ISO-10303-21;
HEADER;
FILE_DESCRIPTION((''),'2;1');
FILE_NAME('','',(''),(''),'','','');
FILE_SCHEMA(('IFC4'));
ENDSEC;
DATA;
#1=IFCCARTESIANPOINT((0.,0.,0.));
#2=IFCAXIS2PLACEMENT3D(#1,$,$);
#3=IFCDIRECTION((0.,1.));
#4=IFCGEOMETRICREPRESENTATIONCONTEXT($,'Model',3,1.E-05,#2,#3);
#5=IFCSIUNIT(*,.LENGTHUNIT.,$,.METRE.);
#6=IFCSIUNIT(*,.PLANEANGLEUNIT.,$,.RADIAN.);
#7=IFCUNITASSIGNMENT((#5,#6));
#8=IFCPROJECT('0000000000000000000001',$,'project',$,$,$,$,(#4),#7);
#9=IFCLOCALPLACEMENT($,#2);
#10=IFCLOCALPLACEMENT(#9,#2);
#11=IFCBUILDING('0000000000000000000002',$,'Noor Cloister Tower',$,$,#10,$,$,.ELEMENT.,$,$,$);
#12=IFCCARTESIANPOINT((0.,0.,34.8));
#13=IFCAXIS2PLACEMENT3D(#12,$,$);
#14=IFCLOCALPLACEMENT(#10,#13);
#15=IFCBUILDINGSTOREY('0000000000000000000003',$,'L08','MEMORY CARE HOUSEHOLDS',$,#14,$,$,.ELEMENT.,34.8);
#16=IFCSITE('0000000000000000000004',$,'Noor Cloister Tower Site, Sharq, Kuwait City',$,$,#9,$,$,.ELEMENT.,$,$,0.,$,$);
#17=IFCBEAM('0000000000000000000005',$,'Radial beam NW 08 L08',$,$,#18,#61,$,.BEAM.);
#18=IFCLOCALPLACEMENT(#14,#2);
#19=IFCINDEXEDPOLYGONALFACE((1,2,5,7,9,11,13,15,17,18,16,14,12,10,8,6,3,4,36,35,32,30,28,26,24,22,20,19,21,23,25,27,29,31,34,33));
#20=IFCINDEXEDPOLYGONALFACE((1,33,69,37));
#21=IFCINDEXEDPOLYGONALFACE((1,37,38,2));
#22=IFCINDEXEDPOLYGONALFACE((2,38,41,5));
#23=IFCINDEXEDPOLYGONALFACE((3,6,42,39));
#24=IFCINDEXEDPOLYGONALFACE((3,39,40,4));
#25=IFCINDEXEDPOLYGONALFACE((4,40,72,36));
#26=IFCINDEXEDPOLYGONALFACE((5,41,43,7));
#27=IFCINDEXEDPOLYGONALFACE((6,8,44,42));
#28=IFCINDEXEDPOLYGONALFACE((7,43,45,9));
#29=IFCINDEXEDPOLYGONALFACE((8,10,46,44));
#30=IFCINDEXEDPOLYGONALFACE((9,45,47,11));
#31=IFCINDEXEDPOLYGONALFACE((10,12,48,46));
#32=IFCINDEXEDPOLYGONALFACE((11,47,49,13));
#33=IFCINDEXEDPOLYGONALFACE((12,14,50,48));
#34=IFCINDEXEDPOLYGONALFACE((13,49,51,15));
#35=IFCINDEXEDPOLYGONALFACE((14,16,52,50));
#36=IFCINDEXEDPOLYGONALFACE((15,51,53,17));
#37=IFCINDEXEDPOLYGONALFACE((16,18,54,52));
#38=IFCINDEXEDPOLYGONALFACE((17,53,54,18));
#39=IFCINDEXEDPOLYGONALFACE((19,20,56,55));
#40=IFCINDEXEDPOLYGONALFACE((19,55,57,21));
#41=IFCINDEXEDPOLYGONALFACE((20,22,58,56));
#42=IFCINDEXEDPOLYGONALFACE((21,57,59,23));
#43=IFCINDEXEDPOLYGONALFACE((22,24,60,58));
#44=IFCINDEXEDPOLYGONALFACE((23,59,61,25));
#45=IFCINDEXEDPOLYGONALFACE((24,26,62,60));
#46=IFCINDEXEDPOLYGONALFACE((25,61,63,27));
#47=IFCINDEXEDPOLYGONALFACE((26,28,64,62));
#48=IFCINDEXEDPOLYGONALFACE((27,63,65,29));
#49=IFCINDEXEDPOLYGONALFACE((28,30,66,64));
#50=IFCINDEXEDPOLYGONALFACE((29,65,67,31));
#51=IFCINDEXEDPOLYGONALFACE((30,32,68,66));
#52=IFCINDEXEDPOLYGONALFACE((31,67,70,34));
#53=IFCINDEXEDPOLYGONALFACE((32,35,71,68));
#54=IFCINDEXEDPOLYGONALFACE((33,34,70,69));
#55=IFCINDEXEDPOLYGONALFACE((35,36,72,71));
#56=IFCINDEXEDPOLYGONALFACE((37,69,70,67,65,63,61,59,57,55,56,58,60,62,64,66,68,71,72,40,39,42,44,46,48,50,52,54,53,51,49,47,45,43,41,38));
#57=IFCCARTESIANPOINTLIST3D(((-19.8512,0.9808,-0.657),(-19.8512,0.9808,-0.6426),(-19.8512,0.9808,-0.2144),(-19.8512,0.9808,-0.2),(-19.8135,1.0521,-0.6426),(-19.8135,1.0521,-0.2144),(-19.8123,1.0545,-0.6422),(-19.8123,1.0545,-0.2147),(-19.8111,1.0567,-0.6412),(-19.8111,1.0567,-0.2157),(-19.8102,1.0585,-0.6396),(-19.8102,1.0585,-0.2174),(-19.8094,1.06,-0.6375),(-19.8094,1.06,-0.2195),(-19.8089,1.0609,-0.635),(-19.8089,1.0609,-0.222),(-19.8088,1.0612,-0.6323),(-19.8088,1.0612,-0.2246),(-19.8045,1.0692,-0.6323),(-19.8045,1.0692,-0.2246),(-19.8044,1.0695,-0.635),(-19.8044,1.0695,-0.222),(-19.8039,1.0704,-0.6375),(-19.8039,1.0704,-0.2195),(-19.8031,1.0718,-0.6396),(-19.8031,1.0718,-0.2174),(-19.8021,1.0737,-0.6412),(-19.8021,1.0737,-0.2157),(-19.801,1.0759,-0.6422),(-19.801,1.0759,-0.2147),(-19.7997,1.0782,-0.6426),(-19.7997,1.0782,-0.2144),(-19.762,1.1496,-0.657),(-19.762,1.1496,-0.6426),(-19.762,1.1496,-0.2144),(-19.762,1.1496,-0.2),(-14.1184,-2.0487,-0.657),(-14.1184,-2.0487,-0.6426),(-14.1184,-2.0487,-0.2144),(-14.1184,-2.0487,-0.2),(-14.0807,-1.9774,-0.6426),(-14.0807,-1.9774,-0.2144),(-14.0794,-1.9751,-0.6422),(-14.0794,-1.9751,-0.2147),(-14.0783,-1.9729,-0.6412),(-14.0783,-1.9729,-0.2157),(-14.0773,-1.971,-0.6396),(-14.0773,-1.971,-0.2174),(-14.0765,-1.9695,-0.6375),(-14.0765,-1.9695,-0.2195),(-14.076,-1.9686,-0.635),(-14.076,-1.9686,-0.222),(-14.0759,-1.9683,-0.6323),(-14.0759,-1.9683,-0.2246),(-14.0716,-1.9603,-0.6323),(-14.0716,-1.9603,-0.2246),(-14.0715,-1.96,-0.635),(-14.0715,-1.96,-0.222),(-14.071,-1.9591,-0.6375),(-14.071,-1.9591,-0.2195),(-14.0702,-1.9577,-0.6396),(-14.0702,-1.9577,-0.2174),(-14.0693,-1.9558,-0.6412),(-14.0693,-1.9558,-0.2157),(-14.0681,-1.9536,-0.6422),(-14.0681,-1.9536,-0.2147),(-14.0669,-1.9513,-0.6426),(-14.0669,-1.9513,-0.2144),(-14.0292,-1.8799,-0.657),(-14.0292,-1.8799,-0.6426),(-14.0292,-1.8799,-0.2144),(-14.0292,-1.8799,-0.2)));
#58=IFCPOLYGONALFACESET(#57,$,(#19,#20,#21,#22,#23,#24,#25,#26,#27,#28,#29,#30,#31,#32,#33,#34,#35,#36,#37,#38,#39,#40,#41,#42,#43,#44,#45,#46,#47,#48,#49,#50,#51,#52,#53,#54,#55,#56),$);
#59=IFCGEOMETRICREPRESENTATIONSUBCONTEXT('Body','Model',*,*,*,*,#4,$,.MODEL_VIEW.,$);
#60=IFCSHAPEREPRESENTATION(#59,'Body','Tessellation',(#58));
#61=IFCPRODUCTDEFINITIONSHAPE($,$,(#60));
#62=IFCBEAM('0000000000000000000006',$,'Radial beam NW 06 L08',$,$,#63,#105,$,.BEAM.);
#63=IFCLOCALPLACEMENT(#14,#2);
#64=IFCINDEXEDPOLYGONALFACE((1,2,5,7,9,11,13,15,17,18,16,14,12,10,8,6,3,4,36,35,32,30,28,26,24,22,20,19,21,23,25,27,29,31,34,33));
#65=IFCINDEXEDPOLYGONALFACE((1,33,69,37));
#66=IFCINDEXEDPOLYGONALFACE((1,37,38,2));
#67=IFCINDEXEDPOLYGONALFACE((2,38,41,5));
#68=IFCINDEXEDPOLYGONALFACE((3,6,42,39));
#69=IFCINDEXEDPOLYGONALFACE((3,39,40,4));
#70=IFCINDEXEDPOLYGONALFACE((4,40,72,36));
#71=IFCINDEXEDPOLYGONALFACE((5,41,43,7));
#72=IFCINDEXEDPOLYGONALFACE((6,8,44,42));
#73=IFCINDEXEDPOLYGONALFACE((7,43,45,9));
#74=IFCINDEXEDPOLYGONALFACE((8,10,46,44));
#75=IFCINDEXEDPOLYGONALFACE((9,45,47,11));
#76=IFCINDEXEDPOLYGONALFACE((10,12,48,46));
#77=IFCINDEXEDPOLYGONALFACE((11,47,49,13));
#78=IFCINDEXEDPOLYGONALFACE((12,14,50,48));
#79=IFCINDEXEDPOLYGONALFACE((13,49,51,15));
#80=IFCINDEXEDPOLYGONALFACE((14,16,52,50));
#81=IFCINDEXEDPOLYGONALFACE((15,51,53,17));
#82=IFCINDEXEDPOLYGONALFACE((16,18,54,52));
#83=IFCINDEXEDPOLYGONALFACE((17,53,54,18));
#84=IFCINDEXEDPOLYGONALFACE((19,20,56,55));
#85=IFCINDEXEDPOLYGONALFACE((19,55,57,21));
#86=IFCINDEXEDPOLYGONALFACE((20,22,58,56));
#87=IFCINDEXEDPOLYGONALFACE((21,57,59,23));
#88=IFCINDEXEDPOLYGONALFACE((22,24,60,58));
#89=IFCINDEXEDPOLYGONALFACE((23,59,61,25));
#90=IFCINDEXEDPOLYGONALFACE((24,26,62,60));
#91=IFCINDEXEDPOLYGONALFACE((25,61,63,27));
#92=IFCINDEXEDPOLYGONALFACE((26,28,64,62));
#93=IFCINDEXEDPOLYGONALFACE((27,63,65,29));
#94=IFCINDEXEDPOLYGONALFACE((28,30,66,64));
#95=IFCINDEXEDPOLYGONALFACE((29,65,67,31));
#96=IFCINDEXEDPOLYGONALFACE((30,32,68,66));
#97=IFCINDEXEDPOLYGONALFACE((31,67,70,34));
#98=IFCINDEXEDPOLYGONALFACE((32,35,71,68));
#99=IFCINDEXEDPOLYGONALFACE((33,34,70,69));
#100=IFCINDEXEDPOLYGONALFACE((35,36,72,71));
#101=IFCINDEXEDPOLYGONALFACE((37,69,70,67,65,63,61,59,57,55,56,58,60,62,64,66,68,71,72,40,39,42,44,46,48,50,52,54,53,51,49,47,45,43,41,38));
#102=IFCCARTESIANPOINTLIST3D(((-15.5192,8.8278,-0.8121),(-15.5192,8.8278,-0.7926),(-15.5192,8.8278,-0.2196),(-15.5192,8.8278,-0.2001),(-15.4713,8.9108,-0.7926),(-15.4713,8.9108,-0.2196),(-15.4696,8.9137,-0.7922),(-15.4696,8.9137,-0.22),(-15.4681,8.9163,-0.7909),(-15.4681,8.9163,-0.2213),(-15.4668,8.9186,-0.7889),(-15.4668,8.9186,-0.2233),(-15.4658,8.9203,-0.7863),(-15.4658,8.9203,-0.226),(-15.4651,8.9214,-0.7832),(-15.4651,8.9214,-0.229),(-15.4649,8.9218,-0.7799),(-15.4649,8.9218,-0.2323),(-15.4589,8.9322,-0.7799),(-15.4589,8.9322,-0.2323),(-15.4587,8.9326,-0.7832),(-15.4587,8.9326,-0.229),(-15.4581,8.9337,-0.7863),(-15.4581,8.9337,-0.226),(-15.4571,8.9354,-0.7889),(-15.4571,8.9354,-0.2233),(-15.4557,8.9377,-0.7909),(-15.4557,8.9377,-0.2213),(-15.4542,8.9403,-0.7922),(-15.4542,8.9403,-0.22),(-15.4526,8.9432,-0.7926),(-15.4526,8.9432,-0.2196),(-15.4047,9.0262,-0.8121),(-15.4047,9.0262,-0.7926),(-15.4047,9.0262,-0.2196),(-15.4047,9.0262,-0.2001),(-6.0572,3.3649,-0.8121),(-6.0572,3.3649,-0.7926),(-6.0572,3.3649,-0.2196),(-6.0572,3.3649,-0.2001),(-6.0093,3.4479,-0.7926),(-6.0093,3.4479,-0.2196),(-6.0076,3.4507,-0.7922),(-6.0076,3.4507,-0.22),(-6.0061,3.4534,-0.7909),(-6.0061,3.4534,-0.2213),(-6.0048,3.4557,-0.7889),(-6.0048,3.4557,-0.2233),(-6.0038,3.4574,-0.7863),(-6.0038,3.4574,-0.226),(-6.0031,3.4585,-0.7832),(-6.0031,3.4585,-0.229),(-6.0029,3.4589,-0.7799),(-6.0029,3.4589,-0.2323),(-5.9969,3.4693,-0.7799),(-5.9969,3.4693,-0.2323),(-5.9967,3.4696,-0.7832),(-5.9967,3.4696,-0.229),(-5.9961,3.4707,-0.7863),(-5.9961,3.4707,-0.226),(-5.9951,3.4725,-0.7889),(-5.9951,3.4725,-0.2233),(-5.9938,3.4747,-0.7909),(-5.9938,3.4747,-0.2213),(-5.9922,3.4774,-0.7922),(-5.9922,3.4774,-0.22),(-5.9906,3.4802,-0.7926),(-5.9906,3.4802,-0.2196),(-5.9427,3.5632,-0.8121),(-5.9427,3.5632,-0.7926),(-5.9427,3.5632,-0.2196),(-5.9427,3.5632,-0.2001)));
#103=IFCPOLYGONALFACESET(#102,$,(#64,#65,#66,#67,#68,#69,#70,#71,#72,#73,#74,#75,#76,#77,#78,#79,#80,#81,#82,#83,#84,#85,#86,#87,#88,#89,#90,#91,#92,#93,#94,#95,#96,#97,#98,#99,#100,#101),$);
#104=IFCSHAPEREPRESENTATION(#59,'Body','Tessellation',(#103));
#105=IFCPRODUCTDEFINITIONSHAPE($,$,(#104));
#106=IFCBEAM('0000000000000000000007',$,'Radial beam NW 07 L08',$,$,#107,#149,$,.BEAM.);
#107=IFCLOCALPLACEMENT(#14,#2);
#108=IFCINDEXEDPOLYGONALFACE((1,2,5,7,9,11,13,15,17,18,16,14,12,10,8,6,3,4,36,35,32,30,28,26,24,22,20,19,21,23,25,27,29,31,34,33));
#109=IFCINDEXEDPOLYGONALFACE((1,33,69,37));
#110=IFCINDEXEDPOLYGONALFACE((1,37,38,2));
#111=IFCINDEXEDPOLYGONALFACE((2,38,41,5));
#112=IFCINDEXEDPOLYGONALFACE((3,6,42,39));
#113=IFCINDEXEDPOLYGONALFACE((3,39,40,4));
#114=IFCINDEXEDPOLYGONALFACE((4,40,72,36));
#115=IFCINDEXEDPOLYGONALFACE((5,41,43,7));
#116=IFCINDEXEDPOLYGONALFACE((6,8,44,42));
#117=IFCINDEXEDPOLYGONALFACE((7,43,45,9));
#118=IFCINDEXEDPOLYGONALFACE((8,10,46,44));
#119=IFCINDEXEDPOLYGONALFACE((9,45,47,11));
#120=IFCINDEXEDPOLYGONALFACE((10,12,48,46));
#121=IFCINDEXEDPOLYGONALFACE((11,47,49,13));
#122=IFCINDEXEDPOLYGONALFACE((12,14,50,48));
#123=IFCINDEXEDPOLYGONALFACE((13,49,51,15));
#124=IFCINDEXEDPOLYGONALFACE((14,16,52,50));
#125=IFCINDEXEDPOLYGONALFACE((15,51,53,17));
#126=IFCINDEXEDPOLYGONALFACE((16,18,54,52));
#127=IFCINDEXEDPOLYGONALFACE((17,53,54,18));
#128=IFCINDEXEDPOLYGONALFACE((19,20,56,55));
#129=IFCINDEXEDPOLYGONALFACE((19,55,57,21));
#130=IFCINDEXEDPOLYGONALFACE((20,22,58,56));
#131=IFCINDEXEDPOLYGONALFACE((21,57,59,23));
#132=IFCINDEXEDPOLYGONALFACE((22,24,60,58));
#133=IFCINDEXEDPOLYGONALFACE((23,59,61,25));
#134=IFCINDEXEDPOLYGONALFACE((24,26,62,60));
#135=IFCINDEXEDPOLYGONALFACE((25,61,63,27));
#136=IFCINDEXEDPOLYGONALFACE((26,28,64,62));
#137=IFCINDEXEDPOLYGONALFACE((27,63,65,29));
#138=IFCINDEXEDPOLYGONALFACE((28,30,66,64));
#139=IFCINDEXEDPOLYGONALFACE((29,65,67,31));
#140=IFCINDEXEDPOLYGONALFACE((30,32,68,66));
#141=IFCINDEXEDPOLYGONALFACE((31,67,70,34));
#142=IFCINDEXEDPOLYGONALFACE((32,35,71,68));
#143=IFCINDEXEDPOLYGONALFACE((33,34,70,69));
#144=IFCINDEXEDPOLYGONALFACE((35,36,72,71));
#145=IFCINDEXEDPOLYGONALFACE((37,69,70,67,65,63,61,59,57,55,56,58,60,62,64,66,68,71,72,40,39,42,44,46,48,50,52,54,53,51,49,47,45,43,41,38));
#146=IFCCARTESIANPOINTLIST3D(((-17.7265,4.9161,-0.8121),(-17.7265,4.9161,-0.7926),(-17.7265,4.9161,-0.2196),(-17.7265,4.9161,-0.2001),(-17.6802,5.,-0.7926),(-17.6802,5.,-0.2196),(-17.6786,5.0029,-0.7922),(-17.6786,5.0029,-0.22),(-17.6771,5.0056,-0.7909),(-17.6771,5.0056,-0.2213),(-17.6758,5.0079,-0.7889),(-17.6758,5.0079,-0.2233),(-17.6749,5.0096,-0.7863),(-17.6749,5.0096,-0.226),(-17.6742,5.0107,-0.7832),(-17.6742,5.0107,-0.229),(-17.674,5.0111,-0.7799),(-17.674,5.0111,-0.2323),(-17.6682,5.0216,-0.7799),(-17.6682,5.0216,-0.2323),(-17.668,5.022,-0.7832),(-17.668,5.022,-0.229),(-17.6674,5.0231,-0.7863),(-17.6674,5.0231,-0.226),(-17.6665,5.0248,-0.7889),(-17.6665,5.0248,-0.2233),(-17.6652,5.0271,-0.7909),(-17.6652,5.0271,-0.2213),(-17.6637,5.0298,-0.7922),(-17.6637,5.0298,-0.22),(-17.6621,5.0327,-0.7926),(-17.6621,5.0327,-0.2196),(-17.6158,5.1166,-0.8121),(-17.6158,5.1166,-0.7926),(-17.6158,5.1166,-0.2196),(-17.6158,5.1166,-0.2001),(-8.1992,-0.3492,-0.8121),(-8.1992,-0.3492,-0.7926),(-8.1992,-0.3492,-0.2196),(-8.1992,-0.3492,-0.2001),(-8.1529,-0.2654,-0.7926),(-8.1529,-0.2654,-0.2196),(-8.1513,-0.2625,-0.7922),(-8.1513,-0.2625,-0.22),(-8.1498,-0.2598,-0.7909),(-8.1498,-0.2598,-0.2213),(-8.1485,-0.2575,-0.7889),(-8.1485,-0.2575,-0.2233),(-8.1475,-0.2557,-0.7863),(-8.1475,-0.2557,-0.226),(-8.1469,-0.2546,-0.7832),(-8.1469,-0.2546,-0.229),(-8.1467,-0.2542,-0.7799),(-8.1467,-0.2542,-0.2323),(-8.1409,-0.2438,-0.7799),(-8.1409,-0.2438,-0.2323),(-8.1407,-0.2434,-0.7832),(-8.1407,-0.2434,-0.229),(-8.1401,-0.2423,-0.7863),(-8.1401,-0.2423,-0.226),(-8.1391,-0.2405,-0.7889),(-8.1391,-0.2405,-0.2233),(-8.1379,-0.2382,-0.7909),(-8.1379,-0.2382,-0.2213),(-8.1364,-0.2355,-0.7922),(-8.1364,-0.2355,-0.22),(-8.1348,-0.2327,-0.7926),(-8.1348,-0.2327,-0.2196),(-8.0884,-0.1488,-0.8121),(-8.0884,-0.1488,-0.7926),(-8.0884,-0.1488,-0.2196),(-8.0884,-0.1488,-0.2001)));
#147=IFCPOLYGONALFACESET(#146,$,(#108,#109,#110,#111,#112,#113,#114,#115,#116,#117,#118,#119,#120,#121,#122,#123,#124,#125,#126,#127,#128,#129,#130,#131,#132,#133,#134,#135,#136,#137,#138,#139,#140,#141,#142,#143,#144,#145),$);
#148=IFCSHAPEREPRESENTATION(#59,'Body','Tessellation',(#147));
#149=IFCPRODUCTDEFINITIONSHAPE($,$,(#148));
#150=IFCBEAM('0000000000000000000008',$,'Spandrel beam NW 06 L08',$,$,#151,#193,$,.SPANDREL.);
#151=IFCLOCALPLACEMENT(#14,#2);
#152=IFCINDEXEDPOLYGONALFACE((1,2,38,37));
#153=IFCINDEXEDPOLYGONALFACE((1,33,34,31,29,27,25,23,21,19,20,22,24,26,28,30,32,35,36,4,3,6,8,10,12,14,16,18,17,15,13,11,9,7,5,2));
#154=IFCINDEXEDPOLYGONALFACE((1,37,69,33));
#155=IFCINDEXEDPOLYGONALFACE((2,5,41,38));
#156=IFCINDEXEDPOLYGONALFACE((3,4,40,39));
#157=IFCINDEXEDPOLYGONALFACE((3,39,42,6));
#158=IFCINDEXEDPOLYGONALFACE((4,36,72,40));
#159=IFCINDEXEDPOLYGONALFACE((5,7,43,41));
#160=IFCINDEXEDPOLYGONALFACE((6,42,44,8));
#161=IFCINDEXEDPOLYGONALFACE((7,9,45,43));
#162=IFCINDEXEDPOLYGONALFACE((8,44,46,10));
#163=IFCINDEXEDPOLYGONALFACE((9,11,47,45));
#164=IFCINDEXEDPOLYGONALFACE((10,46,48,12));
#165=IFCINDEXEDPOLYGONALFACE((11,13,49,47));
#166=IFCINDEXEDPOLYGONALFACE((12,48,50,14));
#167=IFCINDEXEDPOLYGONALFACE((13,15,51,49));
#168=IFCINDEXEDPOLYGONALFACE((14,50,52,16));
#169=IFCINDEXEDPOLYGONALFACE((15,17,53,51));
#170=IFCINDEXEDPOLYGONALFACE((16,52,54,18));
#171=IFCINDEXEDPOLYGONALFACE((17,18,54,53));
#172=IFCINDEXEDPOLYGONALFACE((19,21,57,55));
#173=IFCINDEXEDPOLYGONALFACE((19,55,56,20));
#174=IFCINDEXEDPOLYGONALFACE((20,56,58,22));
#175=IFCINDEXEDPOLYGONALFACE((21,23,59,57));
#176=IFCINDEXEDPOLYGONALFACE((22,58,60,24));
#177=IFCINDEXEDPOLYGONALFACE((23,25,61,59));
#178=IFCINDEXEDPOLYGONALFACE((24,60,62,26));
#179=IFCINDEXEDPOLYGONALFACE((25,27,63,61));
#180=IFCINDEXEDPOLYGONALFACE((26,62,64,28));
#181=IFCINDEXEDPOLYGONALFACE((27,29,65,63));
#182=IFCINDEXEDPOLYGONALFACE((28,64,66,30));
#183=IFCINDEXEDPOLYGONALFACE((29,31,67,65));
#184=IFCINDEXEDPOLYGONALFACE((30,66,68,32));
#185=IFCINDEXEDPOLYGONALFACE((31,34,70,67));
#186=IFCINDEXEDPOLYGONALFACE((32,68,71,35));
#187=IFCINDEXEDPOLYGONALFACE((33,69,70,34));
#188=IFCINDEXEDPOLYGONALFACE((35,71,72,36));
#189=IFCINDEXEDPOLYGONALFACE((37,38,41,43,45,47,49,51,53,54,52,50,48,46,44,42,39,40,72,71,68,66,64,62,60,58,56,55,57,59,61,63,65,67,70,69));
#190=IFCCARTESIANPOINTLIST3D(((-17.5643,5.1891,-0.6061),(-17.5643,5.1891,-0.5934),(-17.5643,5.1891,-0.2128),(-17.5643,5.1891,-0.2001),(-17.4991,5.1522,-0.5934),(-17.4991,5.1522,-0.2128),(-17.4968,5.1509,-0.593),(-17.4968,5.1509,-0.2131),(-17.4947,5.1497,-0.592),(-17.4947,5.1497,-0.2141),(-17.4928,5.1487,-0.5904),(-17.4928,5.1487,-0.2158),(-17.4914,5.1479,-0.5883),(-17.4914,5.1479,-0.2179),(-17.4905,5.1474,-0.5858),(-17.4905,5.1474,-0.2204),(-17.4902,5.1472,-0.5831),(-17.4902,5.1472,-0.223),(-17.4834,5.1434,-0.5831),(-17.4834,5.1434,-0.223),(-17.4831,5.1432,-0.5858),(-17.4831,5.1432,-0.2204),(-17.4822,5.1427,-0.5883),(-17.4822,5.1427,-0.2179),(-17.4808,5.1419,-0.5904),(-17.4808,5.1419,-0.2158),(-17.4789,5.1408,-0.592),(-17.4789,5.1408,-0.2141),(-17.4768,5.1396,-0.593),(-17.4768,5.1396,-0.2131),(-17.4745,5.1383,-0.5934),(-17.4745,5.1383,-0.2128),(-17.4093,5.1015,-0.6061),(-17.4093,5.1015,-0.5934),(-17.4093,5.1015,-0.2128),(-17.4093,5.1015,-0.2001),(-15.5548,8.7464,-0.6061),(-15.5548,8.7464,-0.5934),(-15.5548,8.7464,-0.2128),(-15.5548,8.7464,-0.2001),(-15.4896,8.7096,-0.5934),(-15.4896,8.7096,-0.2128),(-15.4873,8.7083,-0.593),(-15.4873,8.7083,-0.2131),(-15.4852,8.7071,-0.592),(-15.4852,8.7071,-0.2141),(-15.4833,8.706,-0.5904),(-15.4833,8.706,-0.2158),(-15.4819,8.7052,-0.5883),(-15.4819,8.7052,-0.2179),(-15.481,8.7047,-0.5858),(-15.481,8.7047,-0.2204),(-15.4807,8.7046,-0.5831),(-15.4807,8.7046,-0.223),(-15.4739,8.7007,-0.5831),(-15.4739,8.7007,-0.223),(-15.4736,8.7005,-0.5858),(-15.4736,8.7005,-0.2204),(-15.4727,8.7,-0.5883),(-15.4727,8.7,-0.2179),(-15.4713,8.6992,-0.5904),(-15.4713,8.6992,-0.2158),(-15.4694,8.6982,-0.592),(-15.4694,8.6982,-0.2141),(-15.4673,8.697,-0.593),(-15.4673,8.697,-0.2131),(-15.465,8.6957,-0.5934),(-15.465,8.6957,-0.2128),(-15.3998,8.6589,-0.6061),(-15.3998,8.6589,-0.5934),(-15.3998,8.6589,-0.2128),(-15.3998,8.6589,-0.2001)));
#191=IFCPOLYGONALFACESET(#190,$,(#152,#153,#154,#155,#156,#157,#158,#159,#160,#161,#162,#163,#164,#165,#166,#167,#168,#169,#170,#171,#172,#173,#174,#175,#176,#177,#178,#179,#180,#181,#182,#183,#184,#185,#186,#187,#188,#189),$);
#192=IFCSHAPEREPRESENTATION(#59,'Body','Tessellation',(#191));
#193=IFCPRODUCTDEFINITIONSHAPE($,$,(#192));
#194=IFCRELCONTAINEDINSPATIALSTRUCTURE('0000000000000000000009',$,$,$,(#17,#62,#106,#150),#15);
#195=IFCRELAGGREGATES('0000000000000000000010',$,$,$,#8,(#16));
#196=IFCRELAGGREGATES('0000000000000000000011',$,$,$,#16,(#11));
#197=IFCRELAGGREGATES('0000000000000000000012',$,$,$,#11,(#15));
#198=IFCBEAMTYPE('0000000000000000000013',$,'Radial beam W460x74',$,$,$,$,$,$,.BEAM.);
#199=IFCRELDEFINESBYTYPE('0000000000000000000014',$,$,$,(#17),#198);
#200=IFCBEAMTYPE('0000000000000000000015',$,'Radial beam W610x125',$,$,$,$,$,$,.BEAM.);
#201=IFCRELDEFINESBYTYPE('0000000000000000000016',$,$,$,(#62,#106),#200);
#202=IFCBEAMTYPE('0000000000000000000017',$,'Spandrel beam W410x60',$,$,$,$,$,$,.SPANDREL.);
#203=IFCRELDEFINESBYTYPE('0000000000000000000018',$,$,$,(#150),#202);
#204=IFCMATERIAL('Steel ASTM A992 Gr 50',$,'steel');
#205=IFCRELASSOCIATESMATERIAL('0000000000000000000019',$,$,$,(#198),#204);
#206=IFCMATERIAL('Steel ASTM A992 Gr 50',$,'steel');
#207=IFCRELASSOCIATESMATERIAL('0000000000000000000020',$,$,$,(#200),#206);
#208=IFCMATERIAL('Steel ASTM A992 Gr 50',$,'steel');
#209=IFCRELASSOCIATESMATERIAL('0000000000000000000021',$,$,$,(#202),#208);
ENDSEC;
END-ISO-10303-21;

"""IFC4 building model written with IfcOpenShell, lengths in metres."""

from ifc_helpers import new_model, si_unit, direction, frame, origin, origin_2d, place, context, subcontext, project, spatial, i_section, extrude, material, material_profile, profile_set, type_object, element, save


model = new_model("IFC4")

# Units and contexts
model_context = context("Model", 3, precision=1e-05, world=origin(), true_north=direction((0.0, 1.0)))
body_context = subcontext(model_context, "Body", "Model", "MODEL_VIEW")
ifc_project = project(units=[si_unit("LENGTHUNIT", "METRE"), si_unit("PLANEANGLEUNIT", "RADIAN")], contexts=[model_context])

# Site, building, storey
site_placement = place(None, origin())
site = spatial("IfcSite", under=ifc_project, at=site_placement, Name="Noor Cloister Tower Site, Sharq, Kuwait City", CompositionType="ELEMENT", RefElevation=0.0)
building_placement = place(site_placement, origin())
building = spatial("IfcBuilding", under=site, at=building_placement, Name="Noor Cloister Tower", CompositionType="ELEMENT")
storey_placement = place(building_placement, frame((0.0, 0.0, 34.8)))
storey = spatial("IfcBuildingStorey", under=building, at=storey_placement, Name="L08", Description="MEMORY CARE HOUSEHOLDS", CompositionType="ELEMENT", Elevation=34.8)

# Beams
ifc_material_1 = material(Name="Steel ASTM A992 Gr 50", Category="steel")
ifc_material_profile_1 = material_profile(ifc_material_1, i_section(OverallWidth=0.1909, OverallDepth=0.457, WebThickness=0.009, FlangeThickness=0.0144, FilletRadius=0.0103, at=origin_2d()), Name="W460x74")
ifc_profile_set_1 = profile_set([ifc_material_profile_1], Name="Steel ASTM A992 Gr 50")
beam_type_1 = type_object("IfcBeamType", Name="Radial beam W460x74", PredefinedType="BEAM", material=ifc_profile_set_1)
beam_1_placement = place(storey_placement, frame((-19.8066, 1.0652, -0.4285), z_axis=(0.88414, -0.467222, 0.0), x_axis=(0.467222, 0.88414, 0.0)))
element("IfcBeam", 1, at=beam_1_placement, inside=storey, type_object=beam_type_1, Name="Radial beam NW 08 L08", PredefinedType="BEAM", context=body_context, shape_type="SweptSolid", body=[
    extrude(i_section(OverallWidth=0.1909, OverallDepth=0.457, WebThickness=0.009, FlangeThickness=0.0144, FilletRadius=0.0103, at=origin_2d()), origin(), (0.0, 0.0, 1.0), 6.4841),
])
ifc_material_2 = material(Name="Steel ASTM A992 Gr 50", Category="steel")
ifc_material_profile_2 = material_profile(ifc_material_2, i_section(OverallWidth=0.229, OverallDepth=0.6121, WebThickness=0.012, FlangeThickness=0.0195, FilletRadius=0.0127, at=origin_2d()), Name="W610x125")
ifc_profile_set_2 = profile_set([ifc_material_profile_2], Name="Steel ASTM A992 Gr 50")
beam_type_2 = type_object("IfcBeamType", Name="Radial beam W610x125", PredefinedType="BEAM", material=ifc_profile_set_2)
beam_2_placement = place(storey_placement, frame((-15.4619, 8.927, -0.5061), z_axis=(0.866023, -0.500004, 0.0), x_axis=(0.500004, 0.866023, 0.0)))
element("IfcBeam", 2, at=beam_2_placement, inside=storey, type_object=beam_type_2, Name="Radial beam NW 06 L08", PredefinedType="BEAM", context=body_context, shape_type="SweptSolid", body=[
    extrude(i_section(OverallWidth=0.229, OverallDepth=0.6121, WebThickness=0.012, FlangeThickness=0.0195, FilletRadius=0.0127, at=origin_2d()), origin(), (0.0, 0.0, 1.0), 10.9258),
])
beam_3_placement = place(storey_placement, frame((-17.6711, 5.0164, -0.5061), z_axis=(0.875231, -0.483705, 0.0), x_axis=(0.483705, 0.875231, 0.0)))
element("IfcBeam", 3, at=beam_3_placement, inside=storey, type_object=beam_type_2, Name="Radial beam NW 07 L08", PredefinedType="BEAM", context=body_context, shape_type="SweptSolid", body=[
    extrude(i_section(OverallWidth=0.229, OverallDepth=0.6121, WebThickness=0.012, FlangeThickness=0.0195, FilletRadius=0.0127, at=origin_2d()), origin(), (0.0, 0.0, 1.0), 10.8855),
])
ifc_material_3 = material(Name="Steel ASTM A992 Gr 50", Category="steel")
ifc_material_profile_3 = material_profile(ifc_material_3, i_section(OverallWidth=0.178, OverallDepth=0.406, WebThickness=0.0078, FlangeThickness=0.0127, FilletRadius=0.0103, at=origin_2d()), Name="W410x60")
ifc_profile_set_3 = profile_set([ifc_material_profile_3], Name="Steel ASTM A992 Gr 50")
beam_type_3 = type_object("IfcBeamType", Name="Spandrel beam W410x60", PredefinedType="SPANDREL", material=ifc_profile_set_3)
for number, where, z_axis, x_axis, name in (
    (4, (-15.4773, 8.7026, -0.4031), (-0.491841, -0.870685, 0.0), (0.870685, -0.491841, 0.0), "Spandrel beam NW 06 L08"),
):
    element("IfcBeam", number, at=place(storey_placement, frame(where, z_axis=z_axis, x_axis=x_axis)), inside=storey, type_object=beam_type_3, Name=name, PredefinedType="SPANDREL", context=body_context, shape_type="SweptSolid", body=[
        extrude(i_section(OverallWidth=0.178, OverallDepth=0.406, WebThickness=0.0078, FlangeThickness=0.0127, FilletRadius=0.0103, at=origin_2d()), origin(), (0.0, 0.0, 1.0), 4.0857),
    ])

save(model, "model.ifc")
